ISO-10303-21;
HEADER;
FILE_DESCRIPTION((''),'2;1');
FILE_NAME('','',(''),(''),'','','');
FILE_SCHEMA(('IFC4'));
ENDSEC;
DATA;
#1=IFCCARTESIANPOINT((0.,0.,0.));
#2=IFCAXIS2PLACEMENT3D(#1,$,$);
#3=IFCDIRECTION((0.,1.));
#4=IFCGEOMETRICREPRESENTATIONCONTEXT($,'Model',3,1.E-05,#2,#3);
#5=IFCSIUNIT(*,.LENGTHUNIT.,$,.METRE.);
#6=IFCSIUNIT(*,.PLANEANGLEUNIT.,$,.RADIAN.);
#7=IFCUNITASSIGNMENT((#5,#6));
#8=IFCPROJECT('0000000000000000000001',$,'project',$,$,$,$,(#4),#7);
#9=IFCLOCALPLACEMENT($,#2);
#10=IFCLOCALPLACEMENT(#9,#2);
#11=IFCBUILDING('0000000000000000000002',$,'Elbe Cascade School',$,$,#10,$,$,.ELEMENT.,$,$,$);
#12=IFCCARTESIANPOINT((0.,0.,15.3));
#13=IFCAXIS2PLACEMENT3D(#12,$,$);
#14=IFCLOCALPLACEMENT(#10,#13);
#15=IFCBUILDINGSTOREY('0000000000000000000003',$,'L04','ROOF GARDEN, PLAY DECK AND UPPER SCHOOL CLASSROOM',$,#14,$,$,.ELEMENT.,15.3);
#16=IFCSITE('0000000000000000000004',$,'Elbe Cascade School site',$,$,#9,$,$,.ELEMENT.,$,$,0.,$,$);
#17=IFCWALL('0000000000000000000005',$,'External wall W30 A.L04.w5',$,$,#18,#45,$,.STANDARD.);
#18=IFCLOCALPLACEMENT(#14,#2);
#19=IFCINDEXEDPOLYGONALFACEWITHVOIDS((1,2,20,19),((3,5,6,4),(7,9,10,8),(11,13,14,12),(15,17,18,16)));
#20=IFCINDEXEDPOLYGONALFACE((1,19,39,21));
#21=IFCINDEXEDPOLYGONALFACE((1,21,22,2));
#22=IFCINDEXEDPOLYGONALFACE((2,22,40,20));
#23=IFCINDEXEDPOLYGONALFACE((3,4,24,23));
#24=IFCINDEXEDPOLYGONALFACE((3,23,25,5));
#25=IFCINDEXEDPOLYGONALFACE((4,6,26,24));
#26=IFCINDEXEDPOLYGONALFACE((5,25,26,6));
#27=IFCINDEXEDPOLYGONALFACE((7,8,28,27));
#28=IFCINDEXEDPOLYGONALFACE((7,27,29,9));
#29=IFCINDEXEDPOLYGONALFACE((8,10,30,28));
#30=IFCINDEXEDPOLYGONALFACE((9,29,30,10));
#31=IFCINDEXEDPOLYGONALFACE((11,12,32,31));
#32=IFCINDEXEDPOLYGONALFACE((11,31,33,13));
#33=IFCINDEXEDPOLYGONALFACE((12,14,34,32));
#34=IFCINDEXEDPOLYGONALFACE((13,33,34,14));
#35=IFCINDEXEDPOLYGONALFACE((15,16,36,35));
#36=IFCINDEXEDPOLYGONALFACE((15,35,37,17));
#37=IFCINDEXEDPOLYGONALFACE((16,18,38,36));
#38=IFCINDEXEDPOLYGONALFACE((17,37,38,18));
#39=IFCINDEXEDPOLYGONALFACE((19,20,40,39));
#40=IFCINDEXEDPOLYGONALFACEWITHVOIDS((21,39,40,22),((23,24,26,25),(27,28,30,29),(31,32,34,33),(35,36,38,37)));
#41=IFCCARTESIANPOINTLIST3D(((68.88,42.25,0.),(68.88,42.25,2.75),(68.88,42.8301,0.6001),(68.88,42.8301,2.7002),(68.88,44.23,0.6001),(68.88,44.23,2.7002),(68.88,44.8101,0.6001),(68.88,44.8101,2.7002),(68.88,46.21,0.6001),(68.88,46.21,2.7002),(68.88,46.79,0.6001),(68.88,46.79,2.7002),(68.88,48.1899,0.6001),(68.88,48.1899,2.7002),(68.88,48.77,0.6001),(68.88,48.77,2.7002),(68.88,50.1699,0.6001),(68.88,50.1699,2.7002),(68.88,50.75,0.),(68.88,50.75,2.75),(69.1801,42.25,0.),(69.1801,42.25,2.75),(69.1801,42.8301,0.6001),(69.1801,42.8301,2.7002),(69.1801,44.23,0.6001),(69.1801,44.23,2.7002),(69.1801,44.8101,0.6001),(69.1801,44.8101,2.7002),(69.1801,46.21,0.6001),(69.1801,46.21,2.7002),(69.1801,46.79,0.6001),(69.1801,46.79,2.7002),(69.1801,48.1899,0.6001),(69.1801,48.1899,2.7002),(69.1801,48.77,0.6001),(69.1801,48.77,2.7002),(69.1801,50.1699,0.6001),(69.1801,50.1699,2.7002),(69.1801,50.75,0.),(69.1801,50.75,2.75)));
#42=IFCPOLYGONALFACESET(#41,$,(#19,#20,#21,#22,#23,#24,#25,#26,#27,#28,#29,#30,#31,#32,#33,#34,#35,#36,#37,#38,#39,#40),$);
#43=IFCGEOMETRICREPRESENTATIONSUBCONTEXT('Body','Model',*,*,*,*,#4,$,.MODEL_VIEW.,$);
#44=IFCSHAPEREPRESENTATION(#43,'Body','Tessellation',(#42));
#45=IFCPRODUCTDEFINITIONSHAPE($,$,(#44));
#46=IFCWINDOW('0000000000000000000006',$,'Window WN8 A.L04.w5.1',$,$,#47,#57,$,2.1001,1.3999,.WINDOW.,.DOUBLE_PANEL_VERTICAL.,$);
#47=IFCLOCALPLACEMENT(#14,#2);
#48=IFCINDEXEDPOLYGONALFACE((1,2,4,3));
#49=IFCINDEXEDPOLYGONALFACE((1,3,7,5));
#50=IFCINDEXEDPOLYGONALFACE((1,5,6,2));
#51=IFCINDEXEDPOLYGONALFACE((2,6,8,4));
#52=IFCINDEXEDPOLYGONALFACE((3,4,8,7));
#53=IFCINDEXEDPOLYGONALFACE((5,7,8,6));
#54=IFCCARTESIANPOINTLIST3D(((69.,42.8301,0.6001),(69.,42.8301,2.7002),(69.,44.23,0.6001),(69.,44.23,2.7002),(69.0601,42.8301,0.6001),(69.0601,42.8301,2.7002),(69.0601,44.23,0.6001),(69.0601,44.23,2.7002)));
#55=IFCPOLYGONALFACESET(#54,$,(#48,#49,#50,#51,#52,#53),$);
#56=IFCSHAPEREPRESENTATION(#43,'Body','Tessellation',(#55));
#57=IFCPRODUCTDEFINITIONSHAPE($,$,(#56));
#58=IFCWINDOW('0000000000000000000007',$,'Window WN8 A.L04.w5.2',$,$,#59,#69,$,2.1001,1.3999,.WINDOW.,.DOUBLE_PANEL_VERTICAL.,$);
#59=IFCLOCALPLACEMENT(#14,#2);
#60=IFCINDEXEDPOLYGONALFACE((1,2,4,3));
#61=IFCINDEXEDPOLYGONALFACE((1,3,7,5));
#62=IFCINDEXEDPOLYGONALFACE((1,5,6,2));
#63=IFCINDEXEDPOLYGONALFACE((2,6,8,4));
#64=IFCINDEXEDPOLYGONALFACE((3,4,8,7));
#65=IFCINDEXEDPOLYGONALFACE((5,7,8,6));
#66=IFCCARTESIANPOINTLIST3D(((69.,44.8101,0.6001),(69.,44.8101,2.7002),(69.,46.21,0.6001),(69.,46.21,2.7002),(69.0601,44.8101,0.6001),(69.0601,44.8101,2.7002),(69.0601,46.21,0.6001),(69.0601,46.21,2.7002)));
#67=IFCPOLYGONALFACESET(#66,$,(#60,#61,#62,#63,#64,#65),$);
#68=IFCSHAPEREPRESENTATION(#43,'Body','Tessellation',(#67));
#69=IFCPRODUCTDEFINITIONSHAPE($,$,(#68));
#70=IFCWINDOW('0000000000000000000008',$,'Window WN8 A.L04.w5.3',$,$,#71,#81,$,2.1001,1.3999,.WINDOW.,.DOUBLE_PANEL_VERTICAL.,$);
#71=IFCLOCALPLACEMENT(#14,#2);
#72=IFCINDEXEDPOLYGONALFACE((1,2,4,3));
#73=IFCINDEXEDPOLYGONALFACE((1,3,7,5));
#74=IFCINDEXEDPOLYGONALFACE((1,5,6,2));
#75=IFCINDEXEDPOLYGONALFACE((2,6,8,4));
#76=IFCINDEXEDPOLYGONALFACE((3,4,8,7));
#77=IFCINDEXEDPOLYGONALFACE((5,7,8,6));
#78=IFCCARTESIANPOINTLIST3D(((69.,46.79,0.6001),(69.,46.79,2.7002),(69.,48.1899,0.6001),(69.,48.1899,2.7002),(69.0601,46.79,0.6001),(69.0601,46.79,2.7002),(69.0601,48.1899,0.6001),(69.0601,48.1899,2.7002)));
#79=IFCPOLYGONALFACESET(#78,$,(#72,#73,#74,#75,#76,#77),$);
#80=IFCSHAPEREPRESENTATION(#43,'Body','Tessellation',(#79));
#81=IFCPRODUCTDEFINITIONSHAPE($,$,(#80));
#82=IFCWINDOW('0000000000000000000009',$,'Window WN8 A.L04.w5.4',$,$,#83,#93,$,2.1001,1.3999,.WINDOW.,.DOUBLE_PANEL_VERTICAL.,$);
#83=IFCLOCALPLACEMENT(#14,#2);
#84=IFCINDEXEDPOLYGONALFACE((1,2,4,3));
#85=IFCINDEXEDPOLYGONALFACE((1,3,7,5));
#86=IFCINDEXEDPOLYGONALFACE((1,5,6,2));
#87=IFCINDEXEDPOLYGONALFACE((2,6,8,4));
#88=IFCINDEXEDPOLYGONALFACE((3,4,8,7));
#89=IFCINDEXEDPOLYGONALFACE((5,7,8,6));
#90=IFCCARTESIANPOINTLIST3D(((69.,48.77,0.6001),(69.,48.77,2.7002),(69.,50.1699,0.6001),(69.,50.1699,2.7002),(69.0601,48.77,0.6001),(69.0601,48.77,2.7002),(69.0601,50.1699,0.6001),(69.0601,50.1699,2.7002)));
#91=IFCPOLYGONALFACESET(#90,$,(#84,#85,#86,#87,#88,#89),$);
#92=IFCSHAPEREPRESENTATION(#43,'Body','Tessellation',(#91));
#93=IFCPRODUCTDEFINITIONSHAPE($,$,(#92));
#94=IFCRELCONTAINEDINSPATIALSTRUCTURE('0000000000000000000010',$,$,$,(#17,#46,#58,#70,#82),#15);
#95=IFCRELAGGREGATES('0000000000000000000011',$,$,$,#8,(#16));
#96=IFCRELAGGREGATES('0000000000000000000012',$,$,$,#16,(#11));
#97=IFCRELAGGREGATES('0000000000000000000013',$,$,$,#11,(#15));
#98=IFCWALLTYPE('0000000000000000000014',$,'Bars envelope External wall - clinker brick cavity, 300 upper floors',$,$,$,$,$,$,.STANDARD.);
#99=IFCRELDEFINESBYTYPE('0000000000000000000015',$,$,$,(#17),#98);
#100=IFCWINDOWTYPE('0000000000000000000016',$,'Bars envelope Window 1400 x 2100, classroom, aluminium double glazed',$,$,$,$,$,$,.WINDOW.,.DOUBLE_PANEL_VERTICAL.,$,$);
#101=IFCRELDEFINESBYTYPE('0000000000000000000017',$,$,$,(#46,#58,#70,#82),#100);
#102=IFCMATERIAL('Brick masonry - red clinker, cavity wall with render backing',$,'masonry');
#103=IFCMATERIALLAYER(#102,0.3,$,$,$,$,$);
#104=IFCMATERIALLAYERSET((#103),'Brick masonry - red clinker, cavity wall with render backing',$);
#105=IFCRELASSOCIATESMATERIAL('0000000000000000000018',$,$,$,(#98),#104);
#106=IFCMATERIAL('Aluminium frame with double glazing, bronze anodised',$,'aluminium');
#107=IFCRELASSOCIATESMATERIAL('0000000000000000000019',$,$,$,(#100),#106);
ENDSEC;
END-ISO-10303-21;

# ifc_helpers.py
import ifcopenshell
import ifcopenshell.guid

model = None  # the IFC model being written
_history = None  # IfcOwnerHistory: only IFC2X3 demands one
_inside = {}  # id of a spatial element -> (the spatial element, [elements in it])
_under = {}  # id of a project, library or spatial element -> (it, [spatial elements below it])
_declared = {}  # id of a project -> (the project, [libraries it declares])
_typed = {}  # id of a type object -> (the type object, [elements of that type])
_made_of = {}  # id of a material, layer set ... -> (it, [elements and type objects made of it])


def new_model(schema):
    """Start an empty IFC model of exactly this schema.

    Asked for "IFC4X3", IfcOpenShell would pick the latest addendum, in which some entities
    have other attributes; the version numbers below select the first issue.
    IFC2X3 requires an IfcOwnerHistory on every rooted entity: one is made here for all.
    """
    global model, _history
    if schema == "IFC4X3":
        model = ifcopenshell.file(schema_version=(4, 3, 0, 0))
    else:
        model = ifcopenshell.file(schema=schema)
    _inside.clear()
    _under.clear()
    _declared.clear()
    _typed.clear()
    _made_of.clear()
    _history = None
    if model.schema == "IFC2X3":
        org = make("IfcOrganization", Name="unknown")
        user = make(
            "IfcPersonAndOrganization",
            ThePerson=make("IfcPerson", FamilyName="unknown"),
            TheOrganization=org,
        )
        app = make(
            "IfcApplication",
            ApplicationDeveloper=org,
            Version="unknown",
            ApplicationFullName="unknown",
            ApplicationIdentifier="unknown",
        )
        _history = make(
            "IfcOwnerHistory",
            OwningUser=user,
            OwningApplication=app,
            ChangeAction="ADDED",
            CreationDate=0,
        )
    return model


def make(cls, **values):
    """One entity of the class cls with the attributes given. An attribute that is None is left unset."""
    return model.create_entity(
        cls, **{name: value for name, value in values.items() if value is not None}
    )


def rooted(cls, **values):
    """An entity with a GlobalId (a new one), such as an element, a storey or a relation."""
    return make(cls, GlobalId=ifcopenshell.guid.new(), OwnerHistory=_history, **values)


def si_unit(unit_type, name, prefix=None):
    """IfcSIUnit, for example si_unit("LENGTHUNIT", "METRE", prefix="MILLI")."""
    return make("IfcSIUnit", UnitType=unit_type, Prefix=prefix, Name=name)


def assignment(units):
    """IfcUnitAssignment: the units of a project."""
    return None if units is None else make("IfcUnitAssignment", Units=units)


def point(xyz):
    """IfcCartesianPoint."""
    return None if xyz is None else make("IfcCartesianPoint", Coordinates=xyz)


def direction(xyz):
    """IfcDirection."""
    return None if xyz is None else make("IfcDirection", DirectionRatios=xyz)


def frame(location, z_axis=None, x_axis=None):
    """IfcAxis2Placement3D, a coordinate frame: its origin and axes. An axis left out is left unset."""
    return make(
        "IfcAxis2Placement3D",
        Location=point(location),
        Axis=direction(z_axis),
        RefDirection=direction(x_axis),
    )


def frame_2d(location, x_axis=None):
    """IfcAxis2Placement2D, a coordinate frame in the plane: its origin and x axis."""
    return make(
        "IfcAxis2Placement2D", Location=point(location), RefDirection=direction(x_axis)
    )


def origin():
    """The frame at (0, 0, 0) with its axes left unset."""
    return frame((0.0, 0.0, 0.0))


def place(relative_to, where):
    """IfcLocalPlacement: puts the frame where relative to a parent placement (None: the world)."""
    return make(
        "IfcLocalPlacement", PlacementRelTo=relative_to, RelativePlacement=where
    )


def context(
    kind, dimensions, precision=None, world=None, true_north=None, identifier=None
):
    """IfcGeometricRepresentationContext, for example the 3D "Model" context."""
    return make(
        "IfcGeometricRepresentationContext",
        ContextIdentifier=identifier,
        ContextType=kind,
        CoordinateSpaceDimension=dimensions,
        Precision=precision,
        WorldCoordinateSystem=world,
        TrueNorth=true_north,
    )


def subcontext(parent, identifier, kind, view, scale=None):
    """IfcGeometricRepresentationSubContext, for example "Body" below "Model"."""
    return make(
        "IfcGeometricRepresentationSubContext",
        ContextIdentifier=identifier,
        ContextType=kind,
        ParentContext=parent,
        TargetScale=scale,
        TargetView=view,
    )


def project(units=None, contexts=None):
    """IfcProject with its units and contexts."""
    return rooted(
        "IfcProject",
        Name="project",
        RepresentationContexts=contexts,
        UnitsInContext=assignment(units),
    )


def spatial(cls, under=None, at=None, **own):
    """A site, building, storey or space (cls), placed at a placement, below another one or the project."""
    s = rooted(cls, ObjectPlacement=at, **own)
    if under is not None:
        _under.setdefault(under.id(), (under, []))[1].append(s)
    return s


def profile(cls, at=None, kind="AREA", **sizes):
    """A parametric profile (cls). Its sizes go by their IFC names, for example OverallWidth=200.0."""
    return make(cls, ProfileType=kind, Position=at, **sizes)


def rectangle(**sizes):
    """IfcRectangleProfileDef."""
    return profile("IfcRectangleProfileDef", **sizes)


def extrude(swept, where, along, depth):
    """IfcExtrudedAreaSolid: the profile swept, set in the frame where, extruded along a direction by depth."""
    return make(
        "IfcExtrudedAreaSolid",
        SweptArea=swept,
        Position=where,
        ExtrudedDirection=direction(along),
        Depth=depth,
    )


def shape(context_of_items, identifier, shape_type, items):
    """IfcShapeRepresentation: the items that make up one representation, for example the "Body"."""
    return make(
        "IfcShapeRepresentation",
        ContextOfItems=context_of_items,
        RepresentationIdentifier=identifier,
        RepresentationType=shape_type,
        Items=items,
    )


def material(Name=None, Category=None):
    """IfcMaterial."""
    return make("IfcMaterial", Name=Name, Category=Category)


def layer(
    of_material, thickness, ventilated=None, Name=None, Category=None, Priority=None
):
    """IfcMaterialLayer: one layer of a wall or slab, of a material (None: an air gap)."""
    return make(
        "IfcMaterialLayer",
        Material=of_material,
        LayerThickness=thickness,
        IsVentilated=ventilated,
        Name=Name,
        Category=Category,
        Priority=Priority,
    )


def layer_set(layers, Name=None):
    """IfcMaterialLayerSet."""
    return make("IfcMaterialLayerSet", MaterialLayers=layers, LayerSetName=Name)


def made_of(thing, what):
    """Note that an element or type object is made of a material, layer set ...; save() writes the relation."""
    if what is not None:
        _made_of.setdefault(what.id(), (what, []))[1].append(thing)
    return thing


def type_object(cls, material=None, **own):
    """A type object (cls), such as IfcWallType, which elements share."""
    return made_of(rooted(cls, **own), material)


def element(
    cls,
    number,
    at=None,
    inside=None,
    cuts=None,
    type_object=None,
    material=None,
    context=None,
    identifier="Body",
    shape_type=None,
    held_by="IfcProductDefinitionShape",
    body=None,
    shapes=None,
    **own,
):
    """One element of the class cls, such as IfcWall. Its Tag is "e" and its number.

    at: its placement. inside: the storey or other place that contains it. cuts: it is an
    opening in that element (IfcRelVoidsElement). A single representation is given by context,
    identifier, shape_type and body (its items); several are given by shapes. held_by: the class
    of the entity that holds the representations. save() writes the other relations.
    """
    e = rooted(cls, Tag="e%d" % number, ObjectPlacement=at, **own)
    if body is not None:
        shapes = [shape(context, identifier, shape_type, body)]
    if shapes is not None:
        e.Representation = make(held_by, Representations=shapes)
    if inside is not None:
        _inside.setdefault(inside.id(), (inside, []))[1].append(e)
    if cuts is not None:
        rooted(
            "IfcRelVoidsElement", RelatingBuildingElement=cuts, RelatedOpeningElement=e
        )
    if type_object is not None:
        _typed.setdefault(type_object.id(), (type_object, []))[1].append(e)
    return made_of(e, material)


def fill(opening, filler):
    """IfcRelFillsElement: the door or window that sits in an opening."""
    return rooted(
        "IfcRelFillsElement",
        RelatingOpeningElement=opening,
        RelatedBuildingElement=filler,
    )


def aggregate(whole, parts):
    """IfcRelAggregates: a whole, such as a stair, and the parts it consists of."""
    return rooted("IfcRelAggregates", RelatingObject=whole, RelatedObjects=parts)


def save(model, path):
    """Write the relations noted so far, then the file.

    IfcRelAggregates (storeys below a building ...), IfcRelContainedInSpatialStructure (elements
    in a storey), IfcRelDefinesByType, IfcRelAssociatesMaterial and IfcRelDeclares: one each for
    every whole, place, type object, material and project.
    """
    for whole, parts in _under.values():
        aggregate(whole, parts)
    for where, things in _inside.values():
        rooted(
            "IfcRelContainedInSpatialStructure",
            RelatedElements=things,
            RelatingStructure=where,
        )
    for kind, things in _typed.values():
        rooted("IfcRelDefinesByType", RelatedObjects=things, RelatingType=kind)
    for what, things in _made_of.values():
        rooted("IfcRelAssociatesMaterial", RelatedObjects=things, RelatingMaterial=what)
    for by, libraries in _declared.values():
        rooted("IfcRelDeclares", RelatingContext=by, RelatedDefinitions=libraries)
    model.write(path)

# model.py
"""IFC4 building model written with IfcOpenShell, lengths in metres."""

from ifc_helpers import new_model, si_unit, direction, frame, frame_2d, origin, place, context, subcontext, project, spatial, rectangle, extrude, material, layer, layer_set, type_object, element, fill, save


model = new_model("IFC4")

# Units and contexts
model_context = context("Model", 3, precision=1e-05, world=origin(), true_north=direction((0.0, 1.0)))
body_context = subcontext(model_context, "Body", "Model", "MODEL_VIEW")
ifc_project = project(units=[si_unit("LENGTHUNIT", "METRE"), si_unit("PLANEANGLEUNIT", "RADIAN")], contexts=[model_context])

# Site, building, storey
site_placement = place(None, origin())
site = spatial("IfcSite", under=ifc_project, at=site_placement, Name="Elbe Cascade School site", CompositionType="ELEMENT", RefElevation=0.0)
building_placement = place(site_placement, origin())
building = spatial("IfcBuilding", under=site, at=building_placement, Name="Elbe Cascade School", CompositionType="ELEMENT")
storey_placement = place(building_placement, frame((0.0, 0.0, 15.3)))
storey = spatial("IfcBuildingStorey", under=building, at=storey_placement, Name="L04", Description="ROOF GARDEN, PLAY DECK AND UPPER SCHOOL CLASSROOM", CompositionType="ELEMENT", Elevation=15.3)

# Wall, openings, windows
ifc_material_1 = material(Name="Brick masonry - red clinker, cavity wall with render backing", Category="masonry")
ifc_layer_1 = layer(ifc_material_1, 0.3)
ifc_layer_set_1 = layer_set([ifc_layer_1], Name="Brick masonry - red clinker, cavity wall with render backing")
wall_type_1 = type_object("IfcWallType", Name="Bars envelope External wall - clinker brick cavity, 300 upper floors", PredefinedType="STANDARD", material=ifc_layer_set_1)
ifc_material_2 = material(Name="Aluminium frame with double glazing, bronze anodised", Category="aluminium")
window_type = type_object("IfcWindowType", Name="Bars envelope Window 1400 x 2100, classroom, aluminium double glazed", PartitioningType="DOUBLE_PANEL_VERTICAL", PredefinedType="WINDOW", material=ifc_material_2)
wall_1_placement = place(storey_placement, frame((69.03, 42.25, 0.0), z_axis=(0.0, 0.0, 1.0), x_axis=(0.0, 1.0, 0.0)))
wall_1 = element("IfcWall", 1, at=wall_1_placement, inside=storey, type_object=wall_type_1, Name="External wall W30 A.L04.w5", PredefinedType="STANDARD", context=body_context, shape_type="SweptSolid", body=[
    extrude(rectangle(XDim=8.5, YDim=0.3, at=frame_2d((4.25, 0.0))), origin(), (0.0, 0.0, 1.0), 2.75),
])
opening_1_placement = place(wall_1_placement, frame((0.5801, 0.0, 0.6001)))
opening_1 = element("IfcOpeningElement", 2, at=opening_1_placement, cuts=wall_1, PredefinedType="OPENING", context=body_context, shape_type="SweptSolid", body=[
    extrude(rectangle(XDim=1.3999, YDim=2.1001, at=frame_2d((0.7, 1.05))), frame((0.0, 0.1599, 0.0), z_axis=(0.0, -1.0, 0.0), x_axis=(1.0, 0.0, 0.0)), (0.0, 0.0, 1.0), 0.3201),
])
opening_2_placement = place(wall_1_placement, frame((2.5601, 0.0, 0.6001)))
opening_2 = element("IfcOpeningElement", 3, at=opening_2_placement, cuts=wall_1, PredefinedType="OPENING", context=body_context, shape_type="SweptSolid", body=[
    extrude(rectangle(XDim=1.3999, YDim=2.1001, at=frame_2d((0.7, 1.05))), frame((0.0, 0.1599, 0.0), z_axis=(0.0, -1.0, 0.0), x_axis=(1.0, 0.0, 0.0)), (0.0, 0.0, 1.0), 0.3201),
])
opening_3_placement = place(wall_1_placement, frame((4.54, 0.0, 0.6001)))
opening_3 = element("IfcOpeningElement", 4, at=opening_3_placement, cuts=wall_1, PredefinedType="OPENING", context=body_context, shape_type="SweptSolid", body=[
    extrude(rectangle(XDim=1.3999, YDim=2.1001, at=frame_2d((0.7, 1.05))), frame((0.0, 0.1599, 0.0), z_axis=(0.0, -1.0, 0.0), x_axis=(1.0, 0.0, 0.0)), (0.0, 0.0, 1.0), 0.3201),
])
opening_4_placement = place(wall_1_placement, frame((6.52, 0.0, 0.6001)))
opening_4 = element("IfcOpeningElement", 5, at=opening_4_placement, cuts=wall_1, PredefinedType="OPENING", context=body_context, shape_type="SweptSolid", body=[
    extrude(rectangle(XDim=1.3999, YDim=2.1001, at=frame_2d((0.7, 1.05))), frame((0.0, 0.1599, 0.0), z_axis=(0.0, -1.0, 0.0), x_axis=(1.0, 0.0, 0.0)), (0.0, 0.0, 1.0), 0.3201),
])
window_1_placement = place(opening_1_placement, origin())
window_1 = element("IfcWindow", 6, at=window_1_placement, inside=storey, type_object=window_type, Name="Window WN8 A.L04.w5.1", OverallHeight=2.1001, OverallWidth=1.3999, PartitioningType="DOUBLE_PANEL_VERTICAL", PredefinedType="WINDOW", context=body_context, shape_type="SweptSolid", body=[
    extrude(rectangle(XDim=1.3999, YDim=2.1001, at=frame_2d((0.7, 1.05))), frame((0.0, 0.03, 0.0), z_axis=(0.0, -1.0, 0.0), x_axis=(1.0, 0.0, 0.0)), (0.0, 0.0, 1.0), 0.0601),
])
fill(opening_1, window_1)
window_2_placement = place(opening_2_placement, origin())
window_2 = element("IfcWindow", 7, at=window_2_placement, inside=storey, type_object=window_type, Name="Window WN8 A.L04.w5.2", OverallHeight=2.1001, OverallWidth=1.3999, PartitioningType="DOUBLE_PANEL_VERTICAL", PredefinedType="WINDOW", context=body_context, shape_type="SweptSolid", body=[
    extrude(rectangle(XDim=1.3999, YDim=2.1001, at=frame_2d((0.7, 1.05))), frame((0.0, 0.03, 0.0), z_axis=(0.0, -1.0, 0.0), x_axis=(1.0, 0.0, 0.0)), (0.0, 0.0, 1.0), 0.0601),
])
fill(opening_2, window_2)
window_3_placement = place(opening_3_placement, origin())
window_3 = element("IfcWindow", 8, at=window_3_placement, inside=storey, type_object=window_type, Name="Window WN8 A.L04.w5.3", OverallHeight=2.1001, OverallWidth=1.3999, PartitioningType="DOUBLE_PANEL_VERTICAL", PredefinedType="WINDOW", context=body_context, shape_type="SweptSolid", body=[
    extrude(rectangle(XDim=1.3999, YDim=2.1001, at=frame_2d((0.7, 1.05))), frame((0.0, 0.03, 0.0), z_axis=(0.0, -1.0, 0.0), x_axis=(1.0, 0.0, 0.0)), (0.0, 0.0, 1.0), 0.0601),
])
fill(opening_3, window_3)
window_4_placement = place(opening_4_placement, origin())
window_4 = element("IfcWindow", 9, at=window_4_placement, inside=storey, type_object=window_type, Name="Window WN8 A.L04.w5.4", OverallHeight=2.1001, OverallWidth=1.3999, PartitioningType="DOUBLE_PANEL_VERTICAL", PredefinedType="WINDOW", context=body_context, shape_type="SweptSolid", body=[
    extrude(rectangle(XDim=1.3999, YDim=2.1001, at=frame_2d((0.7, 1.05))), frame((0.0, 0.03, 0.0), z_axis=(0.0, -1.0, 0.0), x_axis=(1.0, 0.0, 0.0)), (0.0, 0.0, 1.0), 0.0601),
])
fill(opening_4, window_4)

save(model, "model.ifc")
